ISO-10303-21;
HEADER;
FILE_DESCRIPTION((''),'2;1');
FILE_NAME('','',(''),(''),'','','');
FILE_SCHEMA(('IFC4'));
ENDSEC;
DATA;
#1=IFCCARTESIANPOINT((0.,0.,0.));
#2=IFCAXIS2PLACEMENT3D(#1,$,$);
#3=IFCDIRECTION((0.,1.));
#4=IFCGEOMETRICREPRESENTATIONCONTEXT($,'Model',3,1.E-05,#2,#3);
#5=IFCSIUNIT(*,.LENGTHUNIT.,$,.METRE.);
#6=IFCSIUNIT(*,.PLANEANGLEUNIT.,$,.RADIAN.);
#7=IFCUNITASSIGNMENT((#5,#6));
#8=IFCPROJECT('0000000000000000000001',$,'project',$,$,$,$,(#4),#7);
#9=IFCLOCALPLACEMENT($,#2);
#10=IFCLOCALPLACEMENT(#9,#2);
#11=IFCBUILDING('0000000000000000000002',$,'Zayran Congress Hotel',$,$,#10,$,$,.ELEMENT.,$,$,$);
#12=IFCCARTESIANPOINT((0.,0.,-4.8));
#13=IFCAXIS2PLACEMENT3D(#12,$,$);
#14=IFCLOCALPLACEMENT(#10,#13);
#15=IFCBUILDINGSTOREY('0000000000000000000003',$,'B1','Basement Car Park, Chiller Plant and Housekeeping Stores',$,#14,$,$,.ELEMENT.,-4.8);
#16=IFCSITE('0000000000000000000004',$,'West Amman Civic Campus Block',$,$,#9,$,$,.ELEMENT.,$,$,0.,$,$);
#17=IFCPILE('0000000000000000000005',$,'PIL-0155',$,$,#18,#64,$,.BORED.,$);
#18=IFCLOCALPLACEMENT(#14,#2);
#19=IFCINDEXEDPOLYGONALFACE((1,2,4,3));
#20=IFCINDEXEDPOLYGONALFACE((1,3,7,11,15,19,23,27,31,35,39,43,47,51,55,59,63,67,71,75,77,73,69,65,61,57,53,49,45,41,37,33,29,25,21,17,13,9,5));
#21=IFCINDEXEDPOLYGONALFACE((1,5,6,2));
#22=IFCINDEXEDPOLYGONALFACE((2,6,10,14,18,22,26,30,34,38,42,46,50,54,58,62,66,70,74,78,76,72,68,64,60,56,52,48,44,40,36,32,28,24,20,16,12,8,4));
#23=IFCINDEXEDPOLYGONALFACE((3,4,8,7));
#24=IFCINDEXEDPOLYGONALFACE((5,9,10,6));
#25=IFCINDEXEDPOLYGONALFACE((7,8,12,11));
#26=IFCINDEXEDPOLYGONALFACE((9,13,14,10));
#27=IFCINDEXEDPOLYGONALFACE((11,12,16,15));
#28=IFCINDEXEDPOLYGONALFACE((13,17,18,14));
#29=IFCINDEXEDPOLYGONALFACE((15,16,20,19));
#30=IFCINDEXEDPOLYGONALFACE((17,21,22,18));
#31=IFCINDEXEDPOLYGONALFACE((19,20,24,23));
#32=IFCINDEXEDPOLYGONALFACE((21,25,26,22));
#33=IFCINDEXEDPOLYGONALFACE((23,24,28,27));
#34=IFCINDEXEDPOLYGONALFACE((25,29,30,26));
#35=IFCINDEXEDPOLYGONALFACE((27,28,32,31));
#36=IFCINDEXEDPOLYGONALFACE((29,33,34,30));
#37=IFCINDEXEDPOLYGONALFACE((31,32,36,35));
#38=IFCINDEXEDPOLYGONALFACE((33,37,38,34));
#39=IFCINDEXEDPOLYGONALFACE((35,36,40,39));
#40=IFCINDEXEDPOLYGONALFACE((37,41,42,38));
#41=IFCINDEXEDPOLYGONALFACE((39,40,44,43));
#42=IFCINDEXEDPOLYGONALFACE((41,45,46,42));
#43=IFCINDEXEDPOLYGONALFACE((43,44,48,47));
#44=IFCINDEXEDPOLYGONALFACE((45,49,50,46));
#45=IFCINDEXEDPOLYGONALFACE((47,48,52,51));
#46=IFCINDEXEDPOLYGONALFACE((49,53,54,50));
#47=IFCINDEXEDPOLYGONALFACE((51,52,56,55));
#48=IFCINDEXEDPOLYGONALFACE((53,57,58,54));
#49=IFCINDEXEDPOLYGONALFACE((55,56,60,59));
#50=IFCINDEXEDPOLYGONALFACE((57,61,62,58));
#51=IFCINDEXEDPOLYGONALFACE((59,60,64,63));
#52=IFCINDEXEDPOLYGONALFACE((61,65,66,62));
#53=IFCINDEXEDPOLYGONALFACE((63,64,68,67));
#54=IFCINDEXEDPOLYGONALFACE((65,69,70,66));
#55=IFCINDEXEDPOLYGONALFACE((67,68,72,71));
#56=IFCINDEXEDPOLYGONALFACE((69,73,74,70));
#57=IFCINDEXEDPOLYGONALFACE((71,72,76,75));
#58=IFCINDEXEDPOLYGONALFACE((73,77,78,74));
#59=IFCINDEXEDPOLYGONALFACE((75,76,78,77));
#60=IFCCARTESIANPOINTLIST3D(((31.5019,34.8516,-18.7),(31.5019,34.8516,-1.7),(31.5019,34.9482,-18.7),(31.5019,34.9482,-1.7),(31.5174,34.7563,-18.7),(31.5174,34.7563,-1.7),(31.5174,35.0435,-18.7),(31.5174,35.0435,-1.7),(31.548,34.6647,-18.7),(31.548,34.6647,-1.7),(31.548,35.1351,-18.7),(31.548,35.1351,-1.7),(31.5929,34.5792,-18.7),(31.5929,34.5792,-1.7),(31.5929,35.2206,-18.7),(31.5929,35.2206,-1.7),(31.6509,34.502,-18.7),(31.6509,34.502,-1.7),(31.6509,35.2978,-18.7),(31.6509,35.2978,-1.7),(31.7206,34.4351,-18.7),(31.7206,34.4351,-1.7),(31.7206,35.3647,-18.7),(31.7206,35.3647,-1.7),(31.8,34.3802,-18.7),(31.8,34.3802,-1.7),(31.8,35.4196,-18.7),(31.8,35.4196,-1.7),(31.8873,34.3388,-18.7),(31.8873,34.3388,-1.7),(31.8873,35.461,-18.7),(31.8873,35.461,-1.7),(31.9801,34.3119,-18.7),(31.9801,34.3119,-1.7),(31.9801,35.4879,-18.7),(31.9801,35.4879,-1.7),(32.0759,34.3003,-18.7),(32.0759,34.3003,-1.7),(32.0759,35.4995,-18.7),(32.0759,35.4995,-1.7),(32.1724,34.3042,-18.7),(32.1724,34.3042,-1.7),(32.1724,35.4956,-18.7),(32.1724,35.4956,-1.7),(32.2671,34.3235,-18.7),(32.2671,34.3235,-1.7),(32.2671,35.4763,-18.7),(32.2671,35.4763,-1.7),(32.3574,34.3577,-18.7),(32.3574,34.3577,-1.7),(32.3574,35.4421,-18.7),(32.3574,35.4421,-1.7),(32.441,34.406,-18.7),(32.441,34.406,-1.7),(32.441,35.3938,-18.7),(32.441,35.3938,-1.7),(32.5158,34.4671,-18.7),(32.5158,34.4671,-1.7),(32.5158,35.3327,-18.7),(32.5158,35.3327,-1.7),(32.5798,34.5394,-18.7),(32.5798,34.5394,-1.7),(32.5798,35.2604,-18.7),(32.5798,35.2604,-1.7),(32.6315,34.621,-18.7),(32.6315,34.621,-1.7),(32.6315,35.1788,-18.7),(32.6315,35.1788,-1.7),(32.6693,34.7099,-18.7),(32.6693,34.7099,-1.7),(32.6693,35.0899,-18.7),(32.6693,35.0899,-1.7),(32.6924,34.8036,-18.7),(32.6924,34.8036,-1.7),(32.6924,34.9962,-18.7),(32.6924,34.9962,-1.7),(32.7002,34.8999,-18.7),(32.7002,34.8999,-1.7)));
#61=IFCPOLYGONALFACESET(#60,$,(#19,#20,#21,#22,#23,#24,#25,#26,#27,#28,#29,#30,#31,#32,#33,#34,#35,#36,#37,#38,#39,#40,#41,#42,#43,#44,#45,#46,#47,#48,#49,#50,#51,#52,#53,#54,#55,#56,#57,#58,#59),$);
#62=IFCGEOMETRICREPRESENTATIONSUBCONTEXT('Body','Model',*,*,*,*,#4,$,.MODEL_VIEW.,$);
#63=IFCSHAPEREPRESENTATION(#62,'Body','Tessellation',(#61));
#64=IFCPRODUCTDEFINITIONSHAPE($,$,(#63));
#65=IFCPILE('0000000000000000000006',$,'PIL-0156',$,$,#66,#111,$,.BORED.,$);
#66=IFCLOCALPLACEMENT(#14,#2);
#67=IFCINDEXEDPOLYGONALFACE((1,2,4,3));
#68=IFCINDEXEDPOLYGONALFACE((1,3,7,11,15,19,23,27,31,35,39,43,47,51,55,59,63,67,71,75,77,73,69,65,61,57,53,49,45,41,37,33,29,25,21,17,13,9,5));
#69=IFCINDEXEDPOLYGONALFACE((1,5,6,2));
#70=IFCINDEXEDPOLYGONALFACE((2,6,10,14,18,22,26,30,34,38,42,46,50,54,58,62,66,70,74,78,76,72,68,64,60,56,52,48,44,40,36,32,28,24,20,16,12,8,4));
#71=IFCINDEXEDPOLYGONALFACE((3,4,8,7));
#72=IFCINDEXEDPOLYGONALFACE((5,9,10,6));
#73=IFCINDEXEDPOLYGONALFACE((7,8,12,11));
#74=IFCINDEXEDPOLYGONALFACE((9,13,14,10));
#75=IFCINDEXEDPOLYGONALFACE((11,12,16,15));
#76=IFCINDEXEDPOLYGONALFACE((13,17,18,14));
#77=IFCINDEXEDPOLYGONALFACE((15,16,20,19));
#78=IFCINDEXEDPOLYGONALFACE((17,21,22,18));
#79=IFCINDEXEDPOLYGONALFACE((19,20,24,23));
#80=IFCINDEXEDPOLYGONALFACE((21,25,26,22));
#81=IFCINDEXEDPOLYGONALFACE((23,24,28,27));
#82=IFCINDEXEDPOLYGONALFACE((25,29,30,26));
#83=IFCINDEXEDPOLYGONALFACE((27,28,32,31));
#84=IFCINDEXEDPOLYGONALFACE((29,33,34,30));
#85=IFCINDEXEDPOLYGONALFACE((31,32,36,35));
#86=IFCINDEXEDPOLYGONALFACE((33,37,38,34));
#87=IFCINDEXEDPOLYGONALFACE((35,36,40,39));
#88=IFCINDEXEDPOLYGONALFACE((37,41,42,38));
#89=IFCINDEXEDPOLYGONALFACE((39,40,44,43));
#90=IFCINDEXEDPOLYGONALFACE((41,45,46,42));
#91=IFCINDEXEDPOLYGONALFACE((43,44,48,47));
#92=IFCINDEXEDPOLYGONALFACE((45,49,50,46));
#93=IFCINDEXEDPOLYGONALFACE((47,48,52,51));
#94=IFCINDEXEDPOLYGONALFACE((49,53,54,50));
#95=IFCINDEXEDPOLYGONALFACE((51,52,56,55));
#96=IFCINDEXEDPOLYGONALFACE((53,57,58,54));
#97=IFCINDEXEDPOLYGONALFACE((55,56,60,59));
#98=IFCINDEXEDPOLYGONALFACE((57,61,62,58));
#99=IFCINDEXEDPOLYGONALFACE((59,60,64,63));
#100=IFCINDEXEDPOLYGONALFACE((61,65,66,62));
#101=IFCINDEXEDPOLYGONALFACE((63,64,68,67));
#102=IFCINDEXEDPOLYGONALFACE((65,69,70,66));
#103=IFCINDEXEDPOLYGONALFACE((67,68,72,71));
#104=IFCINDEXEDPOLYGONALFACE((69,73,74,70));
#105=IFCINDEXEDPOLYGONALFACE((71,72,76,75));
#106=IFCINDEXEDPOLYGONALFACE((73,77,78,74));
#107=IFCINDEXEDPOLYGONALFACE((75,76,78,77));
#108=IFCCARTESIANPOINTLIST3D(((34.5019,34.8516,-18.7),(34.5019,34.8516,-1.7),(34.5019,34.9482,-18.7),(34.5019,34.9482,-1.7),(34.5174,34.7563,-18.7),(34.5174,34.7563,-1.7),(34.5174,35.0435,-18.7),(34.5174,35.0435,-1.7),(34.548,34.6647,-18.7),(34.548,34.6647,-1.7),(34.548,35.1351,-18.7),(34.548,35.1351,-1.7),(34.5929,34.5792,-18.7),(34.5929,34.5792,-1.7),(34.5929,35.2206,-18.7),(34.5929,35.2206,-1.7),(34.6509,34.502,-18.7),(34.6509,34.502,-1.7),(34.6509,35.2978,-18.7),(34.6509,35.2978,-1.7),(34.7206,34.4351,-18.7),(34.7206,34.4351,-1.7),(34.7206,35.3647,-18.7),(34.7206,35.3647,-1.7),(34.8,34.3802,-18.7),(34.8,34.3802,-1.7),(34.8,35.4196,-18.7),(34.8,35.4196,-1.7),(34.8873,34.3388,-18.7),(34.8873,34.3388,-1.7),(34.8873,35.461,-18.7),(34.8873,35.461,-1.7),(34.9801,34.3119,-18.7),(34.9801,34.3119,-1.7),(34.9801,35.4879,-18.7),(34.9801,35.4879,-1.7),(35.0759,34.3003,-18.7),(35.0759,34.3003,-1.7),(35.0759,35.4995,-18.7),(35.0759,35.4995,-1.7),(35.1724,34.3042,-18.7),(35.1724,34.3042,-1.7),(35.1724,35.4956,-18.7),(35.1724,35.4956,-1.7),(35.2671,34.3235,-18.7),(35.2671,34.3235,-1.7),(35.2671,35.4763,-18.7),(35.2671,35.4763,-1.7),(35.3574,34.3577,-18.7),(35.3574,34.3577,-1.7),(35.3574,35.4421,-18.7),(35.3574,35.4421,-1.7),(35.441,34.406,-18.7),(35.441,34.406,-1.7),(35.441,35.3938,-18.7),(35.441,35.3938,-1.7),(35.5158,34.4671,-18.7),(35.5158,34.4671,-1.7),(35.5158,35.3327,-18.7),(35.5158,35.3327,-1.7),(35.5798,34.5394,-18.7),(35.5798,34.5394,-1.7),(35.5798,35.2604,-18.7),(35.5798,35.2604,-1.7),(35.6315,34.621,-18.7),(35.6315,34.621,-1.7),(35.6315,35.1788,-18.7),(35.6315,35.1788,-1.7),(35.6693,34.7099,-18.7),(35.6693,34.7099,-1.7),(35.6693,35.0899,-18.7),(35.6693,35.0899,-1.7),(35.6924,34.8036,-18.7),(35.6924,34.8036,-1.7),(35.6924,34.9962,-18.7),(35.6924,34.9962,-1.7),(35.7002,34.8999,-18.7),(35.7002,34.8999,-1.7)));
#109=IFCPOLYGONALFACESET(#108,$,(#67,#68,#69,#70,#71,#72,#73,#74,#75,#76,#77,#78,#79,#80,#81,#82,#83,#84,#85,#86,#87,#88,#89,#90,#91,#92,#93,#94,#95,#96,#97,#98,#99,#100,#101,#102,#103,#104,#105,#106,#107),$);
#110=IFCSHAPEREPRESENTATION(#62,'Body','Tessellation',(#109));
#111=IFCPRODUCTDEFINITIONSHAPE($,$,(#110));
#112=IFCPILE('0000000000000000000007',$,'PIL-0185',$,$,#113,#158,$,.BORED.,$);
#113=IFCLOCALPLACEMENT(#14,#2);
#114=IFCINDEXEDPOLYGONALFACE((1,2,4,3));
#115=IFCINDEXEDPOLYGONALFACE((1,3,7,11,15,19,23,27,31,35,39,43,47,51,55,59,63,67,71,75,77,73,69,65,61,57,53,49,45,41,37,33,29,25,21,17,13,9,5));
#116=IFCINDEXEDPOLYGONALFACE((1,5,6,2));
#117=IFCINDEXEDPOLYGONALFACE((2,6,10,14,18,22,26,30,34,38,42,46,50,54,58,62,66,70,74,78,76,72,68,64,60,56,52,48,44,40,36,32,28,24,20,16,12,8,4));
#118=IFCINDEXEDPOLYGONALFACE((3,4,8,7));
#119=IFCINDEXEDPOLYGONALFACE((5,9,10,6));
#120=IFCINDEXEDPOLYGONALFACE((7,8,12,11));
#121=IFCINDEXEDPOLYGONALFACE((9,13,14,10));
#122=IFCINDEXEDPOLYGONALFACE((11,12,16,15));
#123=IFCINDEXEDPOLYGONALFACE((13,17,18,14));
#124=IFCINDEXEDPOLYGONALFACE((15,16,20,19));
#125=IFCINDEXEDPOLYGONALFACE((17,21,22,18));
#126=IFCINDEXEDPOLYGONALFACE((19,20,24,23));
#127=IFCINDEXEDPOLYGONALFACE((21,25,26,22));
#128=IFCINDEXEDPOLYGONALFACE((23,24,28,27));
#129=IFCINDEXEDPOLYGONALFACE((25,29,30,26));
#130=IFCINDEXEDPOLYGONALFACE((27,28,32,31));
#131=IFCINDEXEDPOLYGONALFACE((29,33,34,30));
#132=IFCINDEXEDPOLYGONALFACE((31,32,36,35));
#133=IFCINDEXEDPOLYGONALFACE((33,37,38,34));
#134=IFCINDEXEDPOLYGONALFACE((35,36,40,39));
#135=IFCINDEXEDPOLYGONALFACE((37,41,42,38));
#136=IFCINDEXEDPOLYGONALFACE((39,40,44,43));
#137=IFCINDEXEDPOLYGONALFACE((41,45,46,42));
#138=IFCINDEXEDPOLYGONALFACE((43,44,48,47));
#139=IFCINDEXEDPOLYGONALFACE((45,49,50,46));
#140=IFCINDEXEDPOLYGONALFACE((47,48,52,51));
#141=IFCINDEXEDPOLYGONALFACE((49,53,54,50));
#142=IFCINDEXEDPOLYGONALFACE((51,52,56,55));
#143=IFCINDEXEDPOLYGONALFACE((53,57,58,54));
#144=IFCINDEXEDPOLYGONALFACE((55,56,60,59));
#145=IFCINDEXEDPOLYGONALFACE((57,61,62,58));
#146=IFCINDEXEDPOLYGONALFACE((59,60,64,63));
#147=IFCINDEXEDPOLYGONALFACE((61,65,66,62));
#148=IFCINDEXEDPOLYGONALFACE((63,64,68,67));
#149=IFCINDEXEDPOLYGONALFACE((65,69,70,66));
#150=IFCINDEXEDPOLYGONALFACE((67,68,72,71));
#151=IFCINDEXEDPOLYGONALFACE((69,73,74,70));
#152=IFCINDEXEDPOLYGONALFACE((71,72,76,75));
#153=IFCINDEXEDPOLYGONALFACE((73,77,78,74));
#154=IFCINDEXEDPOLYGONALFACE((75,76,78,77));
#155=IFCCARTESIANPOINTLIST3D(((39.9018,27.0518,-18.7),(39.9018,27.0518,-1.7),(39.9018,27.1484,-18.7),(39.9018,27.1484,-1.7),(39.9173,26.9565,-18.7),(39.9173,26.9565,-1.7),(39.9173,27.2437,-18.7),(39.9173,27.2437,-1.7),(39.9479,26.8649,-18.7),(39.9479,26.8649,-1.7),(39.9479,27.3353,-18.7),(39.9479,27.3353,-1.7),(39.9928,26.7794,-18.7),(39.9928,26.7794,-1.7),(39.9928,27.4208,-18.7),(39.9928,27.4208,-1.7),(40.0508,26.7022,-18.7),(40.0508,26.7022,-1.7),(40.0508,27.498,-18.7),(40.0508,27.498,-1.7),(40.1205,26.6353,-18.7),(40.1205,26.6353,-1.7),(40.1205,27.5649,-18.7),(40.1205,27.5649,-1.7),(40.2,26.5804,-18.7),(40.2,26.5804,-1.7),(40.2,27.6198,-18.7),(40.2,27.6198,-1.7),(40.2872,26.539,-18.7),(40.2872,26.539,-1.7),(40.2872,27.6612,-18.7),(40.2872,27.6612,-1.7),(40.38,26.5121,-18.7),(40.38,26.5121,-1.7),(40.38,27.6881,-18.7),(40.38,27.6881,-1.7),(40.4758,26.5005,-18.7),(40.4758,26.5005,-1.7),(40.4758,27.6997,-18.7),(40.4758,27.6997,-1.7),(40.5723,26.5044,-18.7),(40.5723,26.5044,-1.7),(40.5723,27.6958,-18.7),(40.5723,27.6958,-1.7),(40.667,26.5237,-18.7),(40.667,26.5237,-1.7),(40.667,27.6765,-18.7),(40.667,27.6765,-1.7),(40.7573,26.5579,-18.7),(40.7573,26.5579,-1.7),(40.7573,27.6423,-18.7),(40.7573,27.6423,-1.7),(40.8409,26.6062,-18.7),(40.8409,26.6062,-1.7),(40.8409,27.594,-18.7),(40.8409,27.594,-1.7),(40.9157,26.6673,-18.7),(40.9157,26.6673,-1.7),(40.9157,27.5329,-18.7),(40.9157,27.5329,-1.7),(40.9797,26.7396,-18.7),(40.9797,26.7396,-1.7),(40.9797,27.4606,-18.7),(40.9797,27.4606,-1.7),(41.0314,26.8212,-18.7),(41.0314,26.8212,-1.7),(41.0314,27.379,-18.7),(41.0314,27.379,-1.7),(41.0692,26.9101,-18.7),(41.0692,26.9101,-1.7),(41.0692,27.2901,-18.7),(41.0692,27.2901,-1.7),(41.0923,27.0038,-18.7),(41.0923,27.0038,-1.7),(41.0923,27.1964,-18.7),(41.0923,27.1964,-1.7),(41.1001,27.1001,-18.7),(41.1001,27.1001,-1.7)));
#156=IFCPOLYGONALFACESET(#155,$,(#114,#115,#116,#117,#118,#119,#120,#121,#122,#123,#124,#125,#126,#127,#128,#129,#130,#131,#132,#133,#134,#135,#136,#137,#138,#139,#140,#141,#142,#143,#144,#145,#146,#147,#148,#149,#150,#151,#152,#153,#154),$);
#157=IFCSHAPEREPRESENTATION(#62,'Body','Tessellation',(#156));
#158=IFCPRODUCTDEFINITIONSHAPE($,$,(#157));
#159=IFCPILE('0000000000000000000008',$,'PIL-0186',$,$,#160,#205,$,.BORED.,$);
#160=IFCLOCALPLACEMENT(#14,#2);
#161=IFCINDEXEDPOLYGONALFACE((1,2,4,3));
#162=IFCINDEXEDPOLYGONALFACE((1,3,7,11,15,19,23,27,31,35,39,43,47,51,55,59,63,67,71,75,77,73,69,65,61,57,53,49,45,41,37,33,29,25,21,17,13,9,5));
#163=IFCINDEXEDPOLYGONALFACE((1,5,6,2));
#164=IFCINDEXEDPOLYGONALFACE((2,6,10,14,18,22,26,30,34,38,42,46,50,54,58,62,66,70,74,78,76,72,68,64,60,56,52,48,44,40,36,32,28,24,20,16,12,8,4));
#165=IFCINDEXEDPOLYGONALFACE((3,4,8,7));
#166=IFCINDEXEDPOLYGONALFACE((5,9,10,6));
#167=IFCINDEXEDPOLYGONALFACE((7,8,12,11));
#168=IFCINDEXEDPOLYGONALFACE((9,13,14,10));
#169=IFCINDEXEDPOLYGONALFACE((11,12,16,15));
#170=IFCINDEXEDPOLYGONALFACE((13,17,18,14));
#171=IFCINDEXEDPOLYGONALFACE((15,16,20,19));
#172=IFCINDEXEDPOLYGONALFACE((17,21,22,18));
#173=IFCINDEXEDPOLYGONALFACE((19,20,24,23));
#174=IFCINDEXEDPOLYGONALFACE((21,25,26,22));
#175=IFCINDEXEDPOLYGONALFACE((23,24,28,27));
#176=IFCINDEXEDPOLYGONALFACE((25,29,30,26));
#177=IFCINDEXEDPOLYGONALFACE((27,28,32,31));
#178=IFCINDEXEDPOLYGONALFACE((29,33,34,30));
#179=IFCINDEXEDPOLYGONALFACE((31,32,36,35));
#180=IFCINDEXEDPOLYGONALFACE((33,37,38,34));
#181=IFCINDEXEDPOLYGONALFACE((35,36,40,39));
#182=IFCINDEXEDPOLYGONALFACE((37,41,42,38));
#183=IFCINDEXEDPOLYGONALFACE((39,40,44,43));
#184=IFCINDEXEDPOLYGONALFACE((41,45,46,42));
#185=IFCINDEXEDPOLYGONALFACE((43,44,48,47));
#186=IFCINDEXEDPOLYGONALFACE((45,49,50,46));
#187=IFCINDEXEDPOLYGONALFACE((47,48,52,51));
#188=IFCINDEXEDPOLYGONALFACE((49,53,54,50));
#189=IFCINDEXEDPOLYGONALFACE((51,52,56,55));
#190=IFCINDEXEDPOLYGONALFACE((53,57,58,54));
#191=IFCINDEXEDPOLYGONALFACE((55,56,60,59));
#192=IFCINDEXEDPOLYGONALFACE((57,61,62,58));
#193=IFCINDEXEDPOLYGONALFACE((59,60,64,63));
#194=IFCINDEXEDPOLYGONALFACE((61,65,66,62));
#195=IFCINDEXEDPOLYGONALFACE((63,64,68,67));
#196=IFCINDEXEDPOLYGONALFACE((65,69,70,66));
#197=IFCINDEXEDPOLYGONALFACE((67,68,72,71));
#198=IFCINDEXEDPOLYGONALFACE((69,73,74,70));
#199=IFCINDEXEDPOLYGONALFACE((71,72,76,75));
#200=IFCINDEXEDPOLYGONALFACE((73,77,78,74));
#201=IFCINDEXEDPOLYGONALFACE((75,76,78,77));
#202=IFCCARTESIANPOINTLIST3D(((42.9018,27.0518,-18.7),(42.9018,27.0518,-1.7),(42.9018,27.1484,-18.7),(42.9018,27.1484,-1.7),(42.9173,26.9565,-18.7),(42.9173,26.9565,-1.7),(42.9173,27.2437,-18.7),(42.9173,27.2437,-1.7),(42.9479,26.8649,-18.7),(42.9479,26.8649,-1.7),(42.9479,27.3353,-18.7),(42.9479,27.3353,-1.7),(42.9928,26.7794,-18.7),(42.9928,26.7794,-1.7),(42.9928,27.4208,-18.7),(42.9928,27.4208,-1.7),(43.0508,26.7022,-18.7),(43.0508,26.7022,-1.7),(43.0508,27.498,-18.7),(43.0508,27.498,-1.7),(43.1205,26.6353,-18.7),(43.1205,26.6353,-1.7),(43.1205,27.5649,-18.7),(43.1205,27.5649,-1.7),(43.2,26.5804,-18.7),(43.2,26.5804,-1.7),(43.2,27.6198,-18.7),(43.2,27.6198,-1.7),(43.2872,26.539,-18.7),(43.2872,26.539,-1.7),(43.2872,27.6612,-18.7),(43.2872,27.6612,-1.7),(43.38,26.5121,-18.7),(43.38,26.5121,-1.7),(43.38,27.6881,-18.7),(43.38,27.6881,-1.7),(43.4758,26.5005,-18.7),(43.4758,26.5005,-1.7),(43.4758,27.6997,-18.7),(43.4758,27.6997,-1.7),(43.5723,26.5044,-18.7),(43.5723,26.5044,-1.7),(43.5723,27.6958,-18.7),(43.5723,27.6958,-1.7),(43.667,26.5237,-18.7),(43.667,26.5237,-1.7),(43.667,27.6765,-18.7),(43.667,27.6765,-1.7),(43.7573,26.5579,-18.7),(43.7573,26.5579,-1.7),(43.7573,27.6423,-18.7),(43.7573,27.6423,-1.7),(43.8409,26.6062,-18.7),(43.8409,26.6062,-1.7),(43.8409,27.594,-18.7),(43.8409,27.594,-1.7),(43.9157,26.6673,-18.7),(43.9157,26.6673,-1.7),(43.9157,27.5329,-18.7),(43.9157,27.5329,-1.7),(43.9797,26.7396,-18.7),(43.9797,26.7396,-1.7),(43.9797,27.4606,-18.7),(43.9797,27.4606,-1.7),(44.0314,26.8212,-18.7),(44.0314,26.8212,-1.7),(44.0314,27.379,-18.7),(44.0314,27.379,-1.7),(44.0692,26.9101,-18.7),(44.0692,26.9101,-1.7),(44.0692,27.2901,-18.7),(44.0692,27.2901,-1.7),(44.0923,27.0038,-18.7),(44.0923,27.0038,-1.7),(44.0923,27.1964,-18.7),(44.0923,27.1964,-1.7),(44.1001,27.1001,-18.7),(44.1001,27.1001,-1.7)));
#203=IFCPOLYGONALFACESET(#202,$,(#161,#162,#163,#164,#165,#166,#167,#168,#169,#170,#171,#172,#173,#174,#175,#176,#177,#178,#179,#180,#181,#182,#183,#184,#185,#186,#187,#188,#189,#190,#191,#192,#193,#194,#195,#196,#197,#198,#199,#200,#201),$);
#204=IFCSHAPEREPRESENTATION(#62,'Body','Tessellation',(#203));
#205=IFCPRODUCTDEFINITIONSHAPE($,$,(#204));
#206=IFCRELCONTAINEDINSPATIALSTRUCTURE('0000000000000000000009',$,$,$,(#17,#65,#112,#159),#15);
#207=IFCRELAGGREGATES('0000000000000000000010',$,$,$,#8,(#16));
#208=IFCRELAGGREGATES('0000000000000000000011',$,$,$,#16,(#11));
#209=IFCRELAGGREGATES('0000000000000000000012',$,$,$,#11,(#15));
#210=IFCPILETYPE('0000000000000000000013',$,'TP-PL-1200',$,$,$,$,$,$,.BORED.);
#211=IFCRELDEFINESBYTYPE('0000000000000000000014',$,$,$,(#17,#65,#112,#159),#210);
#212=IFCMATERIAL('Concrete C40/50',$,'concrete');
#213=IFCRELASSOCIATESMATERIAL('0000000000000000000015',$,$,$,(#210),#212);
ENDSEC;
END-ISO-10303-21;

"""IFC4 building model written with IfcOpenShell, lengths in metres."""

from ifc_helpers import new_model, si_unit, direction, frame, origin, origin_2d, place, context, subcontext, project, spatial, circle, extrude, material, material_profile, profile_set, type_object, element, save


model = new_model("IFC4")

# Units and contexts
model_context = context("Model", 3, precision=1e-05, world=origin(), true_north=direction((0.0, 1.0)))
body_context = subcontext(model_context, "Body", "Model", "MODEL_VIEW")
ifc_project = project(units=[si_unit("LENGTHUNIT", "METRE"), si_unit("PLANEANGLEUNIT", "RADIAN")], contexts=[model_context])

# Site, building, storey
site_placement = place(None, origin())
site = spatial("IfcSite", under=ifc_project, at=site_placement, Name="West Amman Civic Campus Block", CompositionType="ELEMENT", RefElevation=0.0)
building_placement = place(site_placement, origin())
building = spatial("IfcBuilding", under=site, at=building_placement, Name="Zayran Congress Hotel", CompositionType="ELEMENT")
storey_placement = place(building_placement, frame((0.0, 0.0, -4.8)))
storey = spatial("IfcBuildingStorey", under=building, at=storey_placement, Name="B1", Description="Basement Car Park, Chiller Plant and Housekeeping Stores", CompositionType="ELEMENT", Elevation=-4.8)

# Piles
ifc_material = material(Name="Concrete C40/50", Category="concrete")
ifc_material_profile_1 = material_profile(ifc_material, circle(Radius=0.6001, at=origin_2d()), Name="PILE D1200")
ifc_profile_set_1 = profile_set([ifc_material_profile_1], Name="Concrete C40/50")
pile_type_1 = type_object("IfcPileType", Name="TP-PL-1200", PredefinedType="BORED", material=ifc_profile_set_1)
for number, where, z_axis, x_axis, name in (
    (1, (32.1001, 34.8999, -1.7), (0.0, 0.0, -1.0), (1.0, 0.0, 0.0), "PIL-0155"),
    (2, (35.1001, 34.8999, -1.7), (0.0, 0.0, -1.0), (1.0, 0.0, 0.0), "PIL-0156"),
    (3, (40.5, 27.1001, -1.7), (0.0, 0.0, -1.0), (1.0, 0.0, 0.0), "PIL-0185"),
    (4, (43.5, 27.1001, -1.7), (0.0, 0.0, -1.0), (1.0, 0.0, 0.0), "PIL-0186"),
):
    element("IfcPile", number, at=place(storey_placement, frame(where, z_axis=z_axis, x_axis=x_axis)), inside=storey, type_object=pile_type_1, Name=name, PredefinedType="BORED", context=body_context, shape_type="SweptSolid", body=[
        extrude(circle(Radius=0.6001, at=origin_2d()), origin(), (0.0, 0.0, 1.0), 17.0),
    ])

save(model, "model.ifc")
